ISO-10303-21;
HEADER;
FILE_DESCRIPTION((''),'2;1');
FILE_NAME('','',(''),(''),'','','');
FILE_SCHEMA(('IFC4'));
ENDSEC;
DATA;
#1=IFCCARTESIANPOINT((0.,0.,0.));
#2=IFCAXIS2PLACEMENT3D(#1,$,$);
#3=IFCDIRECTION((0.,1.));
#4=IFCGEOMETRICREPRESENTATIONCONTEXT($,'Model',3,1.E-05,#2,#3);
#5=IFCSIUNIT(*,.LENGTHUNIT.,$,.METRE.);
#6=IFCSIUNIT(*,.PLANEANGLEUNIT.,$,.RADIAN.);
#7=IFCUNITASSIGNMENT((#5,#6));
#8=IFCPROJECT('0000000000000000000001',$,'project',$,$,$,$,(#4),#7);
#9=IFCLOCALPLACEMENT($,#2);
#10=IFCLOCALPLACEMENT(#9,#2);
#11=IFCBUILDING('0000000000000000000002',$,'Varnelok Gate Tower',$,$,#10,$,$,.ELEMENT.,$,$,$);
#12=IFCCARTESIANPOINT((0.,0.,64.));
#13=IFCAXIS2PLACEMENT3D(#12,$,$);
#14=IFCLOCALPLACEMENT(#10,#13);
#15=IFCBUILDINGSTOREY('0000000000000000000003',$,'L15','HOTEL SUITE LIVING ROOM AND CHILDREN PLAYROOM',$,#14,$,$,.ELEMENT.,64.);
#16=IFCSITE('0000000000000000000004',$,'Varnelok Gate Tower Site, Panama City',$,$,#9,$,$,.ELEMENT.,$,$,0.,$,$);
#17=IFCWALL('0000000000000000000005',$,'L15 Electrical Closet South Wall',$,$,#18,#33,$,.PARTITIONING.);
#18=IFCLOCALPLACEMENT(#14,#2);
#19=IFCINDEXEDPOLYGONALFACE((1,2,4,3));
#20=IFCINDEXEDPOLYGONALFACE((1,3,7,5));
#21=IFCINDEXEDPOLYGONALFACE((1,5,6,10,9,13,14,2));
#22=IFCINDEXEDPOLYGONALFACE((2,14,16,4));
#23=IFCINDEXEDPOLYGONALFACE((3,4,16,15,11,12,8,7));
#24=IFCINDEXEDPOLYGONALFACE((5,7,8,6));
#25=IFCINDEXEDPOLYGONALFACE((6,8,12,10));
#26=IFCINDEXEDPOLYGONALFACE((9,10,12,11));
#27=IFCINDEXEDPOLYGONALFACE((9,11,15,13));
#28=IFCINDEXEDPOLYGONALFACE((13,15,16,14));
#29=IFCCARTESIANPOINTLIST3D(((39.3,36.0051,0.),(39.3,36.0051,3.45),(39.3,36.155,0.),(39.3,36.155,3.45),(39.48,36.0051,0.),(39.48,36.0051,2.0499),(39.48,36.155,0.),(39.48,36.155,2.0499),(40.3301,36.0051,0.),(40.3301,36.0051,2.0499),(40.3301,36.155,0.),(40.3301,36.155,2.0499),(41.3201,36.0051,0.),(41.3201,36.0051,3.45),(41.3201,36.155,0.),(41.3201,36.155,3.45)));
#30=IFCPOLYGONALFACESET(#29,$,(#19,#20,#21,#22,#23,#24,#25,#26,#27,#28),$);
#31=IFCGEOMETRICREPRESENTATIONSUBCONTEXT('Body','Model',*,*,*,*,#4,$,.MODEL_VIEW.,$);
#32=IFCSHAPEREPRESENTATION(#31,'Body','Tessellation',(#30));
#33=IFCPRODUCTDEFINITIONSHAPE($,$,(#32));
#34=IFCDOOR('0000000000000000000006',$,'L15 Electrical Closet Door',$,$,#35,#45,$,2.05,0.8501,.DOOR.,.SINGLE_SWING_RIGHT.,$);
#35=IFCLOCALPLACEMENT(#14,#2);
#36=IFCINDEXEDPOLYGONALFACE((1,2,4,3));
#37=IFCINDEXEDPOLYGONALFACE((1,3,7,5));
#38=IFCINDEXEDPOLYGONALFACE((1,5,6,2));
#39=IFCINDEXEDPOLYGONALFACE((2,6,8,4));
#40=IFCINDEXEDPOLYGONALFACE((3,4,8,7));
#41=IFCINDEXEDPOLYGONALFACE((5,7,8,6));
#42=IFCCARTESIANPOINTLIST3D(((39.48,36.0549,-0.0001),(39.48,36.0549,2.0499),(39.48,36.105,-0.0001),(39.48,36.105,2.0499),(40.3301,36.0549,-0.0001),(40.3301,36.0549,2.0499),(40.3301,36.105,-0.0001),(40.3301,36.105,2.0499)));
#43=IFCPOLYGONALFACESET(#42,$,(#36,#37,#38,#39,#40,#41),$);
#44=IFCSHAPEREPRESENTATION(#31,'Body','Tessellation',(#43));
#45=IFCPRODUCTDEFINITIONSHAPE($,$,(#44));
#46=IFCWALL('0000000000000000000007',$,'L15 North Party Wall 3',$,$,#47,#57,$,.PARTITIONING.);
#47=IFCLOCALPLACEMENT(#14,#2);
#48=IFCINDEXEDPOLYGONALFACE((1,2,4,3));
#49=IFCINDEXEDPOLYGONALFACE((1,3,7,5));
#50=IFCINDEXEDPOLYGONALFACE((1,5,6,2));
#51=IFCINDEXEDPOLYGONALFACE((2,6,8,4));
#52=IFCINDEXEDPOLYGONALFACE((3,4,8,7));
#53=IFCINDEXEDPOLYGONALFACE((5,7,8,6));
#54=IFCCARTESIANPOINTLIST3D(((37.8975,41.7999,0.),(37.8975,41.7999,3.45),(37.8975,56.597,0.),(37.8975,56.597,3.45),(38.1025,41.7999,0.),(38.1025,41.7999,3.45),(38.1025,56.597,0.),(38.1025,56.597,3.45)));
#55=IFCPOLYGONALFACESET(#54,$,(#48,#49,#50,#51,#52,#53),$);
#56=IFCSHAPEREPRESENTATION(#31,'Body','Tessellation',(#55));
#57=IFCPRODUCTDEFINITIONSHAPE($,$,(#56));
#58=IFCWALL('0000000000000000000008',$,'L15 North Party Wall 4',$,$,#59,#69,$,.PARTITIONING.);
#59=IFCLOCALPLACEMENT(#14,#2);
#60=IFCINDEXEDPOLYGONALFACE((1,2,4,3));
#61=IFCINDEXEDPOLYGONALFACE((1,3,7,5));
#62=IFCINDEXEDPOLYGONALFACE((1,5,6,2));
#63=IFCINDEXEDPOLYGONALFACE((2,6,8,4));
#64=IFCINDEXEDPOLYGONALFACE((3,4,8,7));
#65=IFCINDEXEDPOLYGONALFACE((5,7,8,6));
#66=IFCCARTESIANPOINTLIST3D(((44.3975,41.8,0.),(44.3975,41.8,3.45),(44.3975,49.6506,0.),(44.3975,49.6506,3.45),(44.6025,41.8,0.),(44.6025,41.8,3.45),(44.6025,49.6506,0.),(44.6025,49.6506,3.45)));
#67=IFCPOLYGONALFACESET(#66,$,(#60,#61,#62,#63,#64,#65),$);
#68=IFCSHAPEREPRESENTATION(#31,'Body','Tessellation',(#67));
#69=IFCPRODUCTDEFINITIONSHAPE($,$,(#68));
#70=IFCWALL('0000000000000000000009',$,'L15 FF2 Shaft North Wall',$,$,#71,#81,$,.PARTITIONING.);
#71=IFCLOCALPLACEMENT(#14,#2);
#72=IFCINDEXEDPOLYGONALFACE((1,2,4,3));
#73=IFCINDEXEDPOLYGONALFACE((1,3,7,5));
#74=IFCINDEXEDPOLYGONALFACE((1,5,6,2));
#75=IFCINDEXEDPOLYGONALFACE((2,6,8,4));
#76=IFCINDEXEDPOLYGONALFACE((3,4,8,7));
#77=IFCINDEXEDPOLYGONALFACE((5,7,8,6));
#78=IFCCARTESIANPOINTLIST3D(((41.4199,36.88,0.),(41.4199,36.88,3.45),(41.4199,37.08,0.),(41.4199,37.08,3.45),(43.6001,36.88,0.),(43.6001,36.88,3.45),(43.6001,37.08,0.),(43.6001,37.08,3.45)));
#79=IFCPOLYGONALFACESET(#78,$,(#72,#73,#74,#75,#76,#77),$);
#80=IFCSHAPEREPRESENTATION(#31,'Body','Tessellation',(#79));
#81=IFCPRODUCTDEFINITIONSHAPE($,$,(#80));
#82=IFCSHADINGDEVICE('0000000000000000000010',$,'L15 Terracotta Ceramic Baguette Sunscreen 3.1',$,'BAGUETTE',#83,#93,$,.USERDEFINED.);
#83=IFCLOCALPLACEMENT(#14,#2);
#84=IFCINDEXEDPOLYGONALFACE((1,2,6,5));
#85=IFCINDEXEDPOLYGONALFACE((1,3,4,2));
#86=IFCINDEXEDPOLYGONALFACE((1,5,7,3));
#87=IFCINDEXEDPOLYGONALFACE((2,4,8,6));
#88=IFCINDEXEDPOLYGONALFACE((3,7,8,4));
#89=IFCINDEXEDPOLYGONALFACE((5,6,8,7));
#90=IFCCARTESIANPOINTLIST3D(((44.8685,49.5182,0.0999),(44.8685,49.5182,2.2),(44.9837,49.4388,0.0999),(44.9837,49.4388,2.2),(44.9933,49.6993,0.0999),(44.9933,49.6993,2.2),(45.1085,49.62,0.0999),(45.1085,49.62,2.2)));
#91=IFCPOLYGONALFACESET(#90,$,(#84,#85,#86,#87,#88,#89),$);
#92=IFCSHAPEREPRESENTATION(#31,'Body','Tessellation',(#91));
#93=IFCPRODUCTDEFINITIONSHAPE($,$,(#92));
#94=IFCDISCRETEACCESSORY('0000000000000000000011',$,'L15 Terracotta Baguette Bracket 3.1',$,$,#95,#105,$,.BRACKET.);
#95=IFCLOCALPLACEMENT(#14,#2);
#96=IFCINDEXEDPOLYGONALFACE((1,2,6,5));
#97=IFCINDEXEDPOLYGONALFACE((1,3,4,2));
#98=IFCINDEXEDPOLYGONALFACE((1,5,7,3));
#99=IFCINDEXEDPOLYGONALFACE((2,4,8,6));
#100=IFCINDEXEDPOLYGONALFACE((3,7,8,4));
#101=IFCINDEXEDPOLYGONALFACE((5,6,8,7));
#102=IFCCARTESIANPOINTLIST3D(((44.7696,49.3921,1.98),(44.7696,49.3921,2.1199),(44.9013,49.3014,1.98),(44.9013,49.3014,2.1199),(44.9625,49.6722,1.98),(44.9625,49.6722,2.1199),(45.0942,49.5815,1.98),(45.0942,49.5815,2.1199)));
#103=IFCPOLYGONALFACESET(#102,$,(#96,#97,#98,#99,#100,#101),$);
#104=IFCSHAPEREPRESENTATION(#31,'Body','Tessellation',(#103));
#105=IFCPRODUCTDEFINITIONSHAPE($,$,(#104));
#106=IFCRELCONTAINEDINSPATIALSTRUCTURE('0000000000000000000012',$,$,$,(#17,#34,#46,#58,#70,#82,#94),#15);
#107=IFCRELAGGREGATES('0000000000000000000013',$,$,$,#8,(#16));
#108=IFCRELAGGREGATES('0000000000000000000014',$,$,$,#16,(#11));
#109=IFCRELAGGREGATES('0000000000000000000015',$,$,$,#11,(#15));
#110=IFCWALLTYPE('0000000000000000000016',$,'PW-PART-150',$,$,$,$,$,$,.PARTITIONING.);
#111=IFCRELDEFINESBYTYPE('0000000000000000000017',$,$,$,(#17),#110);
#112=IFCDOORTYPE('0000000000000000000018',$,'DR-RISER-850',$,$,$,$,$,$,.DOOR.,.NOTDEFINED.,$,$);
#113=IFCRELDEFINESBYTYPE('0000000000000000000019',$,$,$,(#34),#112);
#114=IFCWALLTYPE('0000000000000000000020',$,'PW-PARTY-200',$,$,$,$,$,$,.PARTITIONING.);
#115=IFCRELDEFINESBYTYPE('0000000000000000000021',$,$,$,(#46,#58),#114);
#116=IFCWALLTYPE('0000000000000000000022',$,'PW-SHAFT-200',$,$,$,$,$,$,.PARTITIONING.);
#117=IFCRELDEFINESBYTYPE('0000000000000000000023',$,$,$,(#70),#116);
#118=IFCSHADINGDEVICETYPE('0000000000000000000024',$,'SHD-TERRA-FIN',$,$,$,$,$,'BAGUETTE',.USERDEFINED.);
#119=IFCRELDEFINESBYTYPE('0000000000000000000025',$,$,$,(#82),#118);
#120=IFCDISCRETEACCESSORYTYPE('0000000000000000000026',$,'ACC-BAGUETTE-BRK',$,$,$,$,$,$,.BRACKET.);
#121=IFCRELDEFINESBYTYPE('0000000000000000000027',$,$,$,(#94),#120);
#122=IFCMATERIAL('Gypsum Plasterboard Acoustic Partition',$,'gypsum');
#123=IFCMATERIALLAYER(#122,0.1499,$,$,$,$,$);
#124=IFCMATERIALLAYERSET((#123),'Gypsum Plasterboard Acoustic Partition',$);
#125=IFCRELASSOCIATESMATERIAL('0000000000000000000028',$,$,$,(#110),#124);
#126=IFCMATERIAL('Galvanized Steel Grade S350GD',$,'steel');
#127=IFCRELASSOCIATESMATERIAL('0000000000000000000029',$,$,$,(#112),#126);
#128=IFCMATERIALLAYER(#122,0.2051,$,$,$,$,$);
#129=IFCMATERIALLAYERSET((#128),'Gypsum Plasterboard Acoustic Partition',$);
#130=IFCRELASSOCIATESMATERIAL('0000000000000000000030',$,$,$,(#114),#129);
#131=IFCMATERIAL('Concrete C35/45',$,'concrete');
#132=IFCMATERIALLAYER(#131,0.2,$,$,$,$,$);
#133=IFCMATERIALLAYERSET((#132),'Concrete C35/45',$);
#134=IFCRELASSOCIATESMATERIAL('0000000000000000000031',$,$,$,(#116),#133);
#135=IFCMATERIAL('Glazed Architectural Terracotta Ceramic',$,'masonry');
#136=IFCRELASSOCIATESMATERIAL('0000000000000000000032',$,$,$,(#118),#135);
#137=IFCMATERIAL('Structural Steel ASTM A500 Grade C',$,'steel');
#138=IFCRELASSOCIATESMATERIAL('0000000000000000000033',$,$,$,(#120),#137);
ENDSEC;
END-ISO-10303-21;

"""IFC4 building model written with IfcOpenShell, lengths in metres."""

from ifc_helpers import new_model, si_unit, direction, frame, frame_2d, origin, origin_2d, place, context, subcontext, project, spatial, rectangle, extrude, source, transform, mapped, material, layer, layer_set, type_object, element, fill, save


model = new_model("IFC4")

# Units and contexts
model_context = context("Model", 3, precision=1e-05, world=origin(), true_north=direction((0.0, 1.0)))
body_context = subcontext(model_context, "Body", "Model", "MODEL_VIEW")
ifc_project = project(units=[si_unit("LENGTHUNIT", "METRE"), si_unit("PLANEANGLEUNIT", "RADIAN")], contexts=[model_context])

# Site, building, storey
site_placement = place(None, origin())
site = spatial("IfcSite", under=ifc_project, at=site_placement, Name="Varnelok Gate Tower Site, Panama City", CompositionType="ELEMENT", RefElevation=0.0)
building_placement = place(site_placement, origin())
building = spatial("IfcBuilding", under=site, at=building_placement, Name="Varnelok Gate Tower", CompositionType="ELEMENT")
storey_placement = place(building_placement, frame((0.0, 0.0, 64.0)))
storey = spatial("IfcBuildingStorey", under=building, at=storey_placement, Name="L15", Description="HOTEL SUITE LIVING ROOM AND CHILDREN PLAYROOM", CompositionType="ELEMENT", Elevation=64.0)

# Shared definitions
ifc_material_1 = material(Name="Gypsum Plasterboard Acoustic Partition", Category="gypsum")

# Wall, opening, door
ifc_layer_1 = layer(ifc_material_1, 0.1499)
ifc_layer_set_1 = layer_set([ifc_layer_1], Name="Gypsum Plasterboard Acoustic Partition")
wall_type_1 = type_object("IfcWallType", Name="PW-PART-150", PredefinedType="PARTITIONING", material=ifc_layer_set_1)
wall_1_placement = place(storey_placement, frame((39.3, 36.0801, 0.0), z_axis=(0.0, 0.0, 1.0), x_axis=(1.0, 0.0, 0.0)))
wall_1 = element("IfcWall", 1, at=wall_1_placement, inside=storey, type_object=wall_type_1, Name="L15 Electrical Closet South Wall", PredefinedType="PARTITIONING", context=body_context, shape_type="SweptSolid", body=[
    extrude(rectangle(XDim=2.02, YDim=0.1499, at=frame_2d((1.01, 0.0))), origin(), (0.0, 0.0, 1.0), 3.45),
])
opening_1_placement = place(wall_1_placement, frame((0.1799, 0.0, 0.0)))
opening_1 = element("IfcOpeningElement", 2, at=opening_1_placement, cuts=wall_1, PredefinedType="OPENING", context=body_context, shape_type="SweptSolid", body=[
    extrude(rectangle(XDim=0.8501, YDim=2.05, at=frame_2d((0.425, 1.0249))), frame((0.0, 0.085, 0.0), z_axis=(0.0, -1.0, 0.0), x_axis=(1.0, 0.0, 0.0)), (0.0, 0.0, 1.0), 0.1699),
])
ifc_material_2 = material(Name="Galvanized Steel Grade S350GD", Category="steel")
door_type_1 = type_object("IfcDoorType", Name="DR-RISER-850", OperationType="NOTDEFINED", PredefinedType="DOOR", material=ifc_material_2)
door_1_placement = place(opening_1_placement, origin())
door_1 = element("IfcDoor", 3, at=door_1_placement, inside=storey, type_object=door_type_1, Name="L15 Electrical Closet Door", OperationType="SINGLE_SWING_RIGHT", OverallHeight=2.05, OverallWidth=0.8501, PredefinedType="DOOR", context=body_context, shape_type="SweptSolid", body=[
    extrude(rectangle(XDim=0.8501, YDim=2.05, at=frame_2d((0.425, 1.0249))), frame((0.0, 0.0249, 0.0), z_axis=(0.0, -1.0, 0.0), x_axis=(1.0, 0.0, 0.0)), (0.0, 0.0, 1.0), 0.05),
])
fill(opening_1, door_1)

# Walls
ifc_layer_2 = layer(ifc_material_1, 0.2051)
ifc_layer_set_2 = layer_set([ifc_layer_2], Name="Gypsum Plasterboard Acoustic Partition")
wall_type_2 = type_object("IfcWallType", Name="PW-PARTY-200", PredefinedType="PARTITIONING", material=ifc_layer_set_2)
wall_2_placement = place(storey_placement, frame((38.0, 41.8, 0.0), z_axis=(0.0, 0.0, 1.0), x_axis=(0.0, 1.0, 0.0)))
element("IfcWall", 4, at=wall_2_placement, inside=storey, type_object=wall_type_2, Name="L15 North Party Wall 3", PredefinedType="PARTITIONING", context=body_context, shape_type="SweptSolid", body=[
    extrude(rectangle(XDim=14.7971, YDim=0.2051, at=frame_2d((7.3984, 0.0))), origin(), (0.0, 0.0, 1.0), 3.45),
])
wall_3_placement = place(storey_placement, frame((44.5, 41.8, 0.0), z_axis=(0.0, 0.0, 1.0), x_axis=(0.0, 1.0, 0.0)))
element("IfcWall", 5, at=wall_3_placement, inside=storey, type_object=wall_type_2, Name="L15 North Party Wall 4", PredefinedType="PARTITIONING", context=body_context, shape_type="SweptSolid", body=[
    extrude(rectangle(XDim=7.8506, YDim=0.2051, at=frame_2d((3.9253, 0.0))), origin(), (0.0, 0.0, 1.0), 3.45),
])
ifc_material_3 = material(Name="Concrete C35/45", Category="concrete")
ifc_layer_3 = layer(ifc_material_3, 0.2)
ifc_layer_set_3 = layer_set([ifc_layer_3], Name="Concrete C35/45")
wall_type_3 = type_object("IfcWallType", Name="PW-SHAFT-200", PredefinedType="PARTITIONING", material=ifc_layer_set_3)
wall_4_placement = place(storey_placement, frame((41.4199, 36.98, 0.0), z_axis=(0.0, 0.0, 1.0), x_axis=(1.0, 0.0, 0.0)))
element("IfcWall", 6, at=wall_4_placement, inside=storey, type_object=wall_type_3, Name="L15 FF2 Shaft North Wall", PredefinedType="PARTITIONING", context=body_context, shape_type="SweptSolid", body=[
    extrude(rectangle(XDim=2.1802, YDim=0.2, at=frame_2d((1.0901, 0.0))), origin(), (0.0, 0.0, 1.0), 3.45),
])

# Shading device
ifc_material_4 = material(Name="Glazed Architectural Terracotta Ceramic", Category="masonry")
shading_device_type = type_object("IfcShadingDeviceType", Name="SHD-TERRA-FIN", ElementType="BAGUETTE", PredefinedType="USERDEFINED", material=ifc_material_4)
shared_shape_1 = source(origin(), body_context, "Body", "SweptSolid", [
    extrude(rectangle(XDim=0.1399, YDim=0.22, at=origin_2d()), origin(), (0.0, 0.0, 1.0), 2.1001),
])
shading_device_placement = place(storey_placement, frame((44.9885, 49.5691, 0.0999), z_axis=(0.0, 0.0, 1.0), x_axis=(0.823533, -0.567269, 0.0)))
element("IfcShadingDevice", 7, at=shading_device_placement, inside=storey, type_object=shading_device_type, Name="L15 Terracotta Ceramic Baguette Sunscreen 3.1", ObjectType="BAGUETTE", PredefinedType="USERDEFINED", context=body_context, shape_type="MappedRepresentation", body=[
    mapped(shared_shape_1, transform((0.0, 0.0, 0.0), scale=1.0)),
])

# Discrete accessory
ifc_material_5 = material(Name="Structural Steel ASTM A500 Grade C", Category="steel")
discrete_accessory_type = type_object("IfcDiscreteAccessoryType", Name="ACC-BAGUETTE-BRK", PredefinedType="BRACKET", material=ifc_material_5)
shared_shape_2 = source(origin(), body_context, "Body", "SweptSolid", [
    extrude(rectangle(XDim=0.1599, YDim=0.3401, at=origin_2d()), origin(), (0.0, 0.0, 1.0), 0.1399),
])
discrete_accessory_placement = place(storey_placement, frame((44.9319, 49.4868, 1.98), z_axis=(0.0, 0.0, 1.0), x_axis=(0.823533, -0.567269, 0.0)))
element("IfcDiscreteAccessory", 8, at=discrete_accessory_placement, inside=storey, type_object=discrete_accessory_type, Name="L15 Terracotta Baguette Bracket 3.1", PredefinedType="BRACKET", context=body_context, shape_type="MappedRepresentation", body=[
    mapped(shared_shape_2, transform((0.0, 0.0, 0.0), scale=1.0)),
])

save(model, "model.ifc")
